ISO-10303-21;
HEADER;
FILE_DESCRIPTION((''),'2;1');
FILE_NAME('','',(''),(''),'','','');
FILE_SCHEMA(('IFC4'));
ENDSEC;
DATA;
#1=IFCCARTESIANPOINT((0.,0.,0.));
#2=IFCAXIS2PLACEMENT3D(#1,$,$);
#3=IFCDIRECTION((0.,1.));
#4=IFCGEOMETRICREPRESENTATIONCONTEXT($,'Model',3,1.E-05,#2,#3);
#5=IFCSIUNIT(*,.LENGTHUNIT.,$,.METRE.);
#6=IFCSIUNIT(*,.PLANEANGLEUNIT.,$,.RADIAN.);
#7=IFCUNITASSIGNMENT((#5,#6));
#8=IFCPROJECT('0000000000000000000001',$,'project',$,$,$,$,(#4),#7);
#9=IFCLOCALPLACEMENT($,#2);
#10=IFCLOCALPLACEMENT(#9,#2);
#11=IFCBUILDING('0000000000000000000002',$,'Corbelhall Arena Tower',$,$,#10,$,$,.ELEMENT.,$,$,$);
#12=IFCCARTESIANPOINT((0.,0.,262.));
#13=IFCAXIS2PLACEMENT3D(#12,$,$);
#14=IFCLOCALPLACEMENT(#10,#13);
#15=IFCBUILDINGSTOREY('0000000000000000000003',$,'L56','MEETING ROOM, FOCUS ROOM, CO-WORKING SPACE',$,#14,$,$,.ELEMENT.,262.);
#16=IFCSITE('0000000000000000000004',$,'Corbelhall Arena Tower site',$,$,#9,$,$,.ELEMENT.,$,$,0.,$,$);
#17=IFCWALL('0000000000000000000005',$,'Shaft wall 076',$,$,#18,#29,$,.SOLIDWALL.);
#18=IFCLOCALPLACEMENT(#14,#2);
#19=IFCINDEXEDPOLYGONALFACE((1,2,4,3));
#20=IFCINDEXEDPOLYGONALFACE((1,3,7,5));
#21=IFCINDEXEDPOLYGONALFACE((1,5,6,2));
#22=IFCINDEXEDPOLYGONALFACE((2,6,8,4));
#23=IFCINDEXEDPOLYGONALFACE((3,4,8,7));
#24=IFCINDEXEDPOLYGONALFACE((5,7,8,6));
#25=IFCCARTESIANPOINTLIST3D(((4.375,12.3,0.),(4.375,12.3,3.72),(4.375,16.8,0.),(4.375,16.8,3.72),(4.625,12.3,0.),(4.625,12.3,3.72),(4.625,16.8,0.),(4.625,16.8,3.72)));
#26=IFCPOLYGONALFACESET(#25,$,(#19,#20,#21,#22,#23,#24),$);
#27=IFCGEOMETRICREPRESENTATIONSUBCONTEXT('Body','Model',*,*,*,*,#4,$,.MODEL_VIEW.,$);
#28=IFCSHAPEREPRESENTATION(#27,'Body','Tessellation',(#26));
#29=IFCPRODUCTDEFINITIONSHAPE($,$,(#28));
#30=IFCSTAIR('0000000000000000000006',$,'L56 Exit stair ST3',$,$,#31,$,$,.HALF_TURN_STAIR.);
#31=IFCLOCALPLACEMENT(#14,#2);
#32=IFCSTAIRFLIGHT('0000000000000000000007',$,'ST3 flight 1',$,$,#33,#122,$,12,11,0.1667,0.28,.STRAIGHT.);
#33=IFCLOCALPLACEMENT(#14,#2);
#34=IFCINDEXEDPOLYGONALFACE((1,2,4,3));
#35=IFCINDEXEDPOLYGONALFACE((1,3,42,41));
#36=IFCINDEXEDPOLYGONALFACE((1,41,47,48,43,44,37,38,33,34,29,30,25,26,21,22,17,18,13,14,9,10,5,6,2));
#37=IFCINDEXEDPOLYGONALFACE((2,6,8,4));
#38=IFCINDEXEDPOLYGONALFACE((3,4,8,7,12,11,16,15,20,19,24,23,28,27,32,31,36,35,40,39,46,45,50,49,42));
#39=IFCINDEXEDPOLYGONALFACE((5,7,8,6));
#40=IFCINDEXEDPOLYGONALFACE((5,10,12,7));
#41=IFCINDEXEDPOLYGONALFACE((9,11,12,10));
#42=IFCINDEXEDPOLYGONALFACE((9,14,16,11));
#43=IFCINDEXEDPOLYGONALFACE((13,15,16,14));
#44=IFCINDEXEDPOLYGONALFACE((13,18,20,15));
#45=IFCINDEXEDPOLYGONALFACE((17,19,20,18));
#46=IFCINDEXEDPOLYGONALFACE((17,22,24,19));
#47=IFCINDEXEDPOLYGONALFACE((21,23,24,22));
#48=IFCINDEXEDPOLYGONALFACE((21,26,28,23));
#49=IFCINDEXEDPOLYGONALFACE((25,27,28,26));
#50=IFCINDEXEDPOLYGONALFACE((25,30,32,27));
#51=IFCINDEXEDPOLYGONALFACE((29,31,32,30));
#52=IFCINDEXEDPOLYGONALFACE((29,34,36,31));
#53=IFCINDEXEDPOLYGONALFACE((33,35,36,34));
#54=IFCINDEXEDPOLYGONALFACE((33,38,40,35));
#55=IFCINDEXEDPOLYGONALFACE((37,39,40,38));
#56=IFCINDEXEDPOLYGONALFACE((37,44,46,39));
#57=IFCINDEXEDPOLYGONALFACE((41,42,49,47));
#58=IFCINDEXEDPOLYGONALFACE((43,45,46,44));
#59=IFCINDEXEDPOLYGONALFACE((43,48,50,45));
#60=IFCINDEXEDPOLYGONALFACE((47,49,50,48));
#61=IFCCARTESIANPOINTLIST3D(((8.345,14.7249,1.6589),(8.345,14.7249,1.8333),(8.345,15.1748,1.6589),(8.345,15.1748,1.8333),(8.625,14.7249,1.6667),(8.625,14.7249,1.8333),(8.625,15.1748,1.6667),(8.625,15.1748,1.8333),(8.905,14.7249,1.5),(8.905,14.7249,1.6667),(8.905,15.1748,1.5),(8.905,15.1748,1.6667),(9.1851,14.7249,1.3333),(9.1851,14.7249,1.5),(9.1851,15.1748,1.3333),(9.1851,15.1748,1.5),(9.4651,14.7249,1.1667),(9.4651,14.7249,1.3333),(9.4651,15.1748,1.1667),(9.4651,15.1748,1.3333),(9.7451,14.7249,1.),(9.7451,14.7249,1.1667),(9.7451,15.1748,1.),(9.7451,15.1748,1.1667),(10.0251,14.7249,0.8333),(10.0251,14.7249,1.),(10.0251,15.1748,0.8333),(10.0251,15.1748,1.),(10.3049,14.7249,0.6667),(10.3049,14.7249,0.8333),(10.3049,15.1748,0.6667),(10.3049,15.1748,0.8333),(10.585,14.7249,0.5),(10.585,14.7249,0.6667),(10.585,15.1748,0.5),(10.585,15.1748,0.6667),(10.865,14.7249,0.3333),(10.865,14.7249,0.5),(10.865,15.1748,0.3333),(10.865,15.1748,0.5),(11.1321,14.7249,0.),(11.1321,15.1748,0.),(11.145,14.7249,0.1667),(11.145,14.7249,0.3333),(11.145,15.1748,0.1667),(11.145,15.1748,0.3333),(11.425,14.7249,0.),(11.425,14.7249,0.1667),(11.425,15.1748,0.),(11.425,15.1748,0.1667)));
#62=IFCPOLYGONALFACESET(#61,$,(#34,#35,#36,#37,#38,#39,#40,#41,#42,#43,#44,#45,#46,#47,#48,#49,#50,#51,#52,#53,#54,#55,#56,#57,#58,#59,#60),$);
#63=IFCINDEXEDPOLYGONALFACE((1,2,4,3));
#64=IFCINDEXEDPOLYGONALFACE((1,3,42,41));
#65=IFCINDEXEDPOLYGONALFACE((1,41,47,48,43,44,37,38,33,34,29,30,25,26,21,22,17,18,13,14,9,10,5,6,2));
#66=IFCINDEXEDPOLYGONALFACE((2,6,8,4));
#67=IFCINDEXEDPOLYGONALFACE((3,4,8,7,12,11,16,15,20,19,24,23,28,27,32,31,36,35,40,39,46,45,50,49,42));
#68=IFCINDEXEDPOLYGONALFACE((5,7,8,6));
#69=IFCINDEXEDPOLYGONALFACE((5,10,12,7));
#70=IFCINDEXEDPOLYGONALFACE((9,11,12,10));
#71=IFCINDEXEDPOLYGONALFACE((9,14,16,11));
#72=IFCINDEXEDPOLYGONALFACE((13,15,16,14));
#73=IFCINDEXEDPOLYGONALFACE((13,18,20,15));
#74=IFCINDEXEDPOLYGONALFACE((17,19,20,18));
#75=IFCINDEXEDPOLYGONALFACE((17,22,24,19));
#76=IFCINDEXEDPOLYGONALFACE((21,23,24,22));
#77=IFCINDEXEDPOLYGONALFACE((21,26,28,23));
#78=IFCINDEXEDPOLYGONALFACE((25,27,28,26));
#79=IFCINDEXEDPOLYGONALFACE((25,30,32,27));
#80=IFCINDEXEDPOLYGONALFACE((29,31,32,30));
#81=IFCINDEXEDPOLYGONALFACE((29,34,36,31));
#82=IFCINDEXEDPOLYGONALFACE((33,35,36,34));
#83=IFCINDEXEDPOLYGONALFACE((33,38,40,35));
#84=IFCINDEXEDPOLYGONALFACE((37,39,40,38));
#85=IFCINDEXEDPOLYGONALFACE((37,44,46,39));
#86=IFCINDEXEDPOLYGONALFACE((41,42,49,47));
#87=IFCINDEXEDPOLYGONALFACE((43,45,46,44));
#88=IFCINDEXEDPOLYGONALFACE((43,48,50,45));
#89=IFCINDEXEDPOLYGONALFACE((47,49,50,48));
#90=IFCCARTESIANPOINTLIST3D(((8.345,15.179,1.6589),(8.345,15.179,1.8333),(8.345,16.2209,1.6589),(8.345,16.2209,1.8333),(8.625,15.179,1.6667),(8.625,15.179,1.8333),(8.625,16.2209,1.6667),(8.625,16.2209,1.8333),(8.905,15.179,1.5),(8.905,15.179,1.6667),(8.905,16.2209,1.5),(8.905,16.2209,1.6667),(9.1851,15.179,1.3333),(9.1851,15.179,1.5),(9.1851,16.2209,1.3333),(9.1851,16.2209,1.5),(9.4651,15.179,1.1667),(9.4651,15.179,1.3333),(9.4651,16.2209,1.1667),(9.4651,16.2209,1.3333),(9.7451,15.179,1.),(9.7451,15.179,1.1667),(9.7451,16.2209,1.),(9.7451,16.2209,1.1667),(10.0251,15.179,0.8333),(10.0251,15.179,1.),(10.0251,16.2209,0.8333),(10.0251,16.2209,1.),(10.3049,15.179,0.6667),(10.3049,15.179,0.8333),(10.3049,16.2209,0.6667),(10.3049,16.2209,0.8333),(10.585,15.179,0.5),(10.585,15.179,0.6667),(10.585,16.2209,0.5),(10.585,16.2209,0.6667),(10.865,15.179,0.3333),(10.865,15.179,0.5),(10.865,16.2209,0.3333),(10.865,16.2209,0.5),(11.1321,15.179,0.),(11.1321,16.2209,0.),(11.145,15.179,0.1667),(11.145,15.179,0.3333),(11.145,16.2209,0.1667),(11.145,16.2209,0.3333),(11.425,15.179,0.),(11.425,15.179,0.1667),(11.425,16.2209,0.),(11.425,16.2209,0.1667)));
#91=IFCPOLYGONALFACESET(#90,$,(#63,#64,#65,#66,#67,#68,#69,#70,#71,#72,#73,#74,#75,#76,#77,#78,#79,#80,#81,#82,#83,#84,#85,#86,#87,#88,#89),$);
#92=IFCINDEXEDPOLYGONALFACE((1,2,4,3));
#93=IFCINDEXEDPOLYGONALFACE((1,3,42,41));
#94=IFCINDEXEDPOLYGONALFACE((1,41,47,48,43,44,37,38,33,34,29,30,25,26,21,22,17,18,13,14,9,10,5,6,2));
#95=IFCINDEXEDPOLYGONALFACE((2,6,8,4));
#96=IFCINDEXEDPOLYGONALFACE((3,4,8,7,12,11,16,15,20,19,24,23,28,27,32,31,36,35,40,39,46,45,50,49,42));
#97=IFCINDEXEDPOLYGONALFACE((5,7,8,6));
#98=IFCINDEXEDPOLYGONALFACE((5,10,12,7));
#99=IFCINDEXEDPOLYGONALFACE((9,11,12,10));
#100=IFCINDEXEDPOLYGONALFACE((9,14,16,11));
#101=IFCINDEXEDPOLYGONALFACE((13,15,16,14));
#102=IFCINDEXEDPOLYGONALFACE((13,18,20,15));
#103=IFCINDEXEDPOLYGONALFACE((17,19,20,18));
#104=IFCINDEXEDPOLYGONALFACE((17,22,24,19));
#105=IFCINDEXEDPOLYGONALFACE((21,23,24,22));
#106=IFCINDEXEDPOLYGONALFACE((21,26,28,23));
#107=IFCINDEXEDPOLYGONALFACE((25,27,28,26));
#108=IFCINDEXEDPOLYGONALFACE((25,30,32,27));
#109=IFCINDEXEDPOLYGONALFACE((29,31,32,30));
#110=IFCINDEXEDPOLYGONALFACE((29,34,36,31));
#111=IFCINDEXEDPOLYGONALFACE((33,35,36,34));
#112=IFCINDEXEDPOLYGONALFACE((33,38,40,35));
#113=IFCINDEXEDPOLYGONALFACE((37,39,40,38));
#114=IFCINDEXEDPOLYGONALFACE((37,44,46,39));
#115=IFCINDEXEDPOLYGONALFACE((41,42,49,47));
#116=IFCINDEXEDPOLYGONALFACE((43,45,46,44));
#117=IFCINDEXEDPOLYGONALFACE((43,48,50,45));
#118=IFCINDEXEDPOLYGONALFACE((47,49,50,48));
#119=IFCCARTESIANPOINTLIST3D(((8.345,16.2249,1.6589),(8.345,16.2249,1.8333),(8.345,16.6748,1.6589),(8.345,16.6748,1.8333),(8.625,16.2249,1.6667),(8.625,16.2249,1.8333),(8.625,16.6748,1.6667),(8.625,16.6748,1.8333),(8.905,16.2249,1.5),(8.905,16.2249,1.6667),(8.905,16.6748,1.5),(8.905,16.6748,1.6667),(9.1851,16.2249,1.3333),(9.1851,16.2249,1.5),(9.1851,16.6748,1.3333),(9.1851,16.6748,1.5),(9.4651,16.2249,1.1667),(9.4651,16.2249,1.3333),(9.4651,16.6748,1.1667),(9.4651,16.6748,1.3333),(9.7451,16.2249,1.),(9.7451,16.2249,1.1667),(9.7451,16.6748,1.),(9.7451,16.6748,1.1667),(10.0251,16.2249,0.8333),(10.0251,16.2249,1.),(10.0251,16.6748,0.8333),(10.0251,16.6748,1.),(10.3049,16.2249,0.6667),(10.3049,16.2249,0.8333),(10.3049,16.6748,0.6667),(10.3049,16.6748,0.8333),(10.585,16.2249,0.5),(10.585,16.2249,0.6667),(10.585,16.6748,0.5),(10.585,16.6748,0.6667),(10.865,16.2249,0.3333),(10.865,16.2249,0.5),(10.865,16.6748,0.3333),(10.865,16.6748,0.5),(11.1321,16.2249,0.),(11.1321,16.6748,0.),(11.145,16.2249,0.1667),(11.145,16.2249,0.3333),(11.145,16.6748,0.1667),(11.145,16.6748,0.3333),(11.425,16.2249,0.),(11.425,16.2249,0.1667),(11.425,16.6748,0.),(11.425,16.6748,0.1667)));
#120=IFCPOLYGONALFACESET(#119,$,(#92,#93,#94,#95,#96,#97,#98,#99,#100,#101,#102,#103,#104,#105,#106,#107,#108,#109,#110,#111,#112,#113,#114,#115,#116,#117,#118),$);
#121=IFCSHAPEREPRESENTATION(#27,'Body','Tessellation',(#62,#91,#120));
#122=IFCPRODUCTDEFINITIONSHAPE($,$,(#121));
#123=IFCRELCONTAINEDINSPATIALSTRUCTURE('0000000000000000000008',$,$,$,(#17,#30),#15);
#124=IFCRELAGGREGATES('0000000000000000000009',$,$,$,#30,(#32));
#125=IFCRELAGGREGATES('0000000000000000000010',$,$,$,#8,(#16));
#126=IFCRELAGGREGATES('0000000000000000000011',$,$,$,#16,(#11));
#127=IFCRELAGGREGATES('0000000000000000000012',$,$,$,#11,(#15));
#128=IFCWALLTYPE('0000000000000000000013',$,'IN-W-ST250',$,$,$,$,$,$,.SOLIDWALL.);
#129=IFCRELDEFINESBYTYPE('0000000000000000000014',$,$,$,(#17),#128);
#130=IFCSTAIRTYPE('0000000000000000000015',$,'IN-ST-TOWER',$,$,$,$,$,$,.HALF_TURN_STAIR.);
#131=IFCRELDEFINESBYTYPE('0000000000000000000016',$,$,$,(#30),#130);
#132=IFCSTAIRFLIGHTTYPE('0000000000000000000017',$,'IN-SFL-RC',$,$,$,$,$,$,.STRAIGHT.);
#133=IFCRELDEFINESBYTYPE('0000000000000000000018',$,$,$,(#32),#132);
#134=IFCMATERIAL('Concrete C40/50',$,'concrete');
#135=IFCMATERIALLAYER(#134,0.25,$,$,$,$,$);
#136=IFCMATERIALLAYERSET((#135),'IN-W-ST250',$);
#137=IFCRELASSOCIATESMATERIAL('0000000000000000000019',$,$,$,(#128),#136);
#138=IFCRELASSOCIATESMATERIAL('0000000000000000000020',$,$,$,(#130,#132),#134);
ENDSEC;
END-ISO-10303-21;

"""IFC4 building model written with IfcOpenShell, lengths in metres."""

from ifc_helpers import new_model, si_unit, direction, frame, frame_2d, origin, place, context, subcontext, project, spatial, polyline, rectangle, outline, extrude, material, layer, layer_set, type_object, element, aggregate, save


model = new_model("IFC4")

# Units and contexts
model_context = context("Model", 3, precision=1e-05, world=origin(), true_north=direction((0.0, 1.0)))
body_context = subcontext(model_context, "Body", "Model", "MODEL_VIEW")
ifc_project = project(units=[si_unit("LENGTHUNIT", "METRE"), si_unit("PLANEANGLEUNIT", "RADIAN")], contexts=[model_context])

# Site, building, storey
site_placement = place(None, origin())
site = spatial("IfcSite", under=ifc_project, at=site_placement, Name="Corbelhall Arena Tower site", CompositionType="ELEMENT", RefElevation=0.0)
building_placement = place(site_placement, origin())
building = spatial("IfcBuilding", under=site, at=building_placement, Name="Corbelhall Arena Tower", CompositionType="ELEMENT")
storey_placement = place(building_placement, frame((0.0, 0.0, 262.0)))
storey = spatial("IfcBuildingStorey", under=building, at=storey_placement, Name="L56", Description="MEETING ROOM, FOCUS ROOM, CO-WORKING SPACE", CompositionType="ELEMENT", Elevation=262.0)

# Wall
ifc_material_1 = material(Name="Concrete C40/50", Category="concrete")
ifc_layer_1 = layer(ifc_material_1, 0.25)
ifc_layer_set_1 = layer_set([ifc_layer_1], Name="IN-W-ST250")
wall_type_1 = type_object("IfcWallType", Name="IN-W-ST250", PredefinedType="SOLIDWALL", material=ifc_layer_set_1)
wall_1_placement = place(storey_placement, frame((4.5, 12.3, 0.0), z_axis=(0.0, 0.0, 1.0), x_axis=(0.0, 1.0, 0.0)))
element("IfcWall", 1, at=wall_1_placement, inside=storey, type_object=wall_type_1, Name="Shaft wall 076", PredefinedType="SOLIDWALL", context=body_context, shape_type="SweptSolid", body=[
    extrude(rectangle(XDim=4.5, YDim=0.25, at=frame_2d((2.25, 0.0))), origin(), (0.0, 0.0, 1.0), 3.72),
])

# Stair, stair flight
stair_type = type_object("IfcStairType", Name="IN-ST-TOWER", PredefinedType="HALF_TURN_STAIR", material=ifc_material_1)
stair_placement = place(storey_placement, origin())
stair = element("IfcStair", 2, at=stair_placement, inside=storey, type_object=stair_type, Name="L56 Exit stair ST3", PredefinedType="HALF_TURN_STAIR")
stair_flight_type = type_object("IfcStairFlightType", Name="IN-SFL-RC", PredefinedType="STRAIGHT", material=ifc_material_1)
stair_flight_1_placement = place(storey_placement, frame((11.425, 15.7, 0.0), z_axis=(0.0, 0.0, 1.0), x_axis=(-1.0, 0.0, 0.0)))
stair_flight_1 = element("IfcStairFlight", 3, at=stair_flight_1_placement, type_object=stair_flight_type, Name="ST3 flight 1", NumberOfRisers=12, NumberOfTreads=11, PredefinedType="STRAIGHT", RiserHeight=0.1667, TreadLength=0.28, context=body_context, shape_type="SweptSolid", body=[
    extrude(outline(polyline([(0.0, 0.0), (0.0, 0.1667), (0.28, 0.1667), (0.28, 0.3333), (0.5601, 0.3333), (0.5601, 0.5), (0.8401, 0.5), (0.8401, 0.6667), (1.1201, 0.6667), (1.1201, 0.8333), (1.3999, 0.8333), (1.3999, 1.0), (1.6799, 1.0), (1.6799, 1.1667), (1.96, 1.1667), (1.96, 1.3333), (2.24, 1.3333), (2.24, 1.5), (2.52, 1.5), (2.52, 1.6667), (2.8, 1.6667), (2.8, 1.8333), (3.0801, 1.8333), (3.0801, 2.0), (3.0801, 1.6589), (0.293, 0.0), (0.0, 0.0)])), frame((0.0, 0.9751, 0.0), z_axis=(0.0, -1.0, 0.0), x_axis=(1.0, 0.0, 0.0)), (0.0, 0.0, 1.0), 0.45),
    extrude(outline(polyline([(0.0, 0.0), (0.0, 0.1667), (0.28, 0.1667), (0.28, 0.3333), (0.5601, 0.3333), (0.5601, 0.5), (0.8401, 0.5), (0.8401, 0.6667), (1.1201, 0.6667), (1.1201, 0.8333), (1.3999, 0.8333), (1.3999, 1.0), (1.6799, 1.0), (1.6799, 1.1667), (1.96, 1.1667), (1.96, 1.3333), (2.24, 1.3333), (2.24, 1.5), (2.52, 1.5), (2.52, 1.6667), (2.8, 1.6667), (2.8, 1.8333), (3.0801, 1.8333), (3.0801, 2.0), (3.0801, 1.6589), (0.293, 0.0), (0.0, 0.0)])), frame((0.0, 0.521, 0.0), z_axis=(0.0, -1.0, 0.0), x_axis=(1.0, 0.0, 0.0)), (0.0, 0.0, 1.0), 1.042),
    extrude(outline(polyline([(0.0, 0.0), (0.0, 0.1667), (0.28, 0.1667), (0.28, 0.3333), (0.5601, 0.3333), (0.5601, 0.5), (0.8401, 0.5), (0.8401, 0.6667), (1.1201, 0.6667), (1.1201, 0.8333), (1.3999, 0.8333), (1.3999, 1.0), (1.6799, 1.0), (1.6799, 1.1667), (1.96, 1.1667), (1.96, 1.3333), (2.24, 1.3333), (2.24, 1.5), (2.52, 1.5), (2.52, 1.6667), (2.8, 1.6667), (2.8, 1.8333), (3.0801, 1.8333), (3.0801, 2.0), (3.0801, 1.6589), (0.293, 0.0), (0.0, 0.0)])), frame((0.0, -0.5249, 0.0), z_axis=(0.0, -1.0, 0.0), x_axis=(1.0, 0.0, 0.0)), (0.0, 0.0, 1.0), 0.45),
])
aggregate(stair, [stair_flight_1])

save(model, "model.ifc")
